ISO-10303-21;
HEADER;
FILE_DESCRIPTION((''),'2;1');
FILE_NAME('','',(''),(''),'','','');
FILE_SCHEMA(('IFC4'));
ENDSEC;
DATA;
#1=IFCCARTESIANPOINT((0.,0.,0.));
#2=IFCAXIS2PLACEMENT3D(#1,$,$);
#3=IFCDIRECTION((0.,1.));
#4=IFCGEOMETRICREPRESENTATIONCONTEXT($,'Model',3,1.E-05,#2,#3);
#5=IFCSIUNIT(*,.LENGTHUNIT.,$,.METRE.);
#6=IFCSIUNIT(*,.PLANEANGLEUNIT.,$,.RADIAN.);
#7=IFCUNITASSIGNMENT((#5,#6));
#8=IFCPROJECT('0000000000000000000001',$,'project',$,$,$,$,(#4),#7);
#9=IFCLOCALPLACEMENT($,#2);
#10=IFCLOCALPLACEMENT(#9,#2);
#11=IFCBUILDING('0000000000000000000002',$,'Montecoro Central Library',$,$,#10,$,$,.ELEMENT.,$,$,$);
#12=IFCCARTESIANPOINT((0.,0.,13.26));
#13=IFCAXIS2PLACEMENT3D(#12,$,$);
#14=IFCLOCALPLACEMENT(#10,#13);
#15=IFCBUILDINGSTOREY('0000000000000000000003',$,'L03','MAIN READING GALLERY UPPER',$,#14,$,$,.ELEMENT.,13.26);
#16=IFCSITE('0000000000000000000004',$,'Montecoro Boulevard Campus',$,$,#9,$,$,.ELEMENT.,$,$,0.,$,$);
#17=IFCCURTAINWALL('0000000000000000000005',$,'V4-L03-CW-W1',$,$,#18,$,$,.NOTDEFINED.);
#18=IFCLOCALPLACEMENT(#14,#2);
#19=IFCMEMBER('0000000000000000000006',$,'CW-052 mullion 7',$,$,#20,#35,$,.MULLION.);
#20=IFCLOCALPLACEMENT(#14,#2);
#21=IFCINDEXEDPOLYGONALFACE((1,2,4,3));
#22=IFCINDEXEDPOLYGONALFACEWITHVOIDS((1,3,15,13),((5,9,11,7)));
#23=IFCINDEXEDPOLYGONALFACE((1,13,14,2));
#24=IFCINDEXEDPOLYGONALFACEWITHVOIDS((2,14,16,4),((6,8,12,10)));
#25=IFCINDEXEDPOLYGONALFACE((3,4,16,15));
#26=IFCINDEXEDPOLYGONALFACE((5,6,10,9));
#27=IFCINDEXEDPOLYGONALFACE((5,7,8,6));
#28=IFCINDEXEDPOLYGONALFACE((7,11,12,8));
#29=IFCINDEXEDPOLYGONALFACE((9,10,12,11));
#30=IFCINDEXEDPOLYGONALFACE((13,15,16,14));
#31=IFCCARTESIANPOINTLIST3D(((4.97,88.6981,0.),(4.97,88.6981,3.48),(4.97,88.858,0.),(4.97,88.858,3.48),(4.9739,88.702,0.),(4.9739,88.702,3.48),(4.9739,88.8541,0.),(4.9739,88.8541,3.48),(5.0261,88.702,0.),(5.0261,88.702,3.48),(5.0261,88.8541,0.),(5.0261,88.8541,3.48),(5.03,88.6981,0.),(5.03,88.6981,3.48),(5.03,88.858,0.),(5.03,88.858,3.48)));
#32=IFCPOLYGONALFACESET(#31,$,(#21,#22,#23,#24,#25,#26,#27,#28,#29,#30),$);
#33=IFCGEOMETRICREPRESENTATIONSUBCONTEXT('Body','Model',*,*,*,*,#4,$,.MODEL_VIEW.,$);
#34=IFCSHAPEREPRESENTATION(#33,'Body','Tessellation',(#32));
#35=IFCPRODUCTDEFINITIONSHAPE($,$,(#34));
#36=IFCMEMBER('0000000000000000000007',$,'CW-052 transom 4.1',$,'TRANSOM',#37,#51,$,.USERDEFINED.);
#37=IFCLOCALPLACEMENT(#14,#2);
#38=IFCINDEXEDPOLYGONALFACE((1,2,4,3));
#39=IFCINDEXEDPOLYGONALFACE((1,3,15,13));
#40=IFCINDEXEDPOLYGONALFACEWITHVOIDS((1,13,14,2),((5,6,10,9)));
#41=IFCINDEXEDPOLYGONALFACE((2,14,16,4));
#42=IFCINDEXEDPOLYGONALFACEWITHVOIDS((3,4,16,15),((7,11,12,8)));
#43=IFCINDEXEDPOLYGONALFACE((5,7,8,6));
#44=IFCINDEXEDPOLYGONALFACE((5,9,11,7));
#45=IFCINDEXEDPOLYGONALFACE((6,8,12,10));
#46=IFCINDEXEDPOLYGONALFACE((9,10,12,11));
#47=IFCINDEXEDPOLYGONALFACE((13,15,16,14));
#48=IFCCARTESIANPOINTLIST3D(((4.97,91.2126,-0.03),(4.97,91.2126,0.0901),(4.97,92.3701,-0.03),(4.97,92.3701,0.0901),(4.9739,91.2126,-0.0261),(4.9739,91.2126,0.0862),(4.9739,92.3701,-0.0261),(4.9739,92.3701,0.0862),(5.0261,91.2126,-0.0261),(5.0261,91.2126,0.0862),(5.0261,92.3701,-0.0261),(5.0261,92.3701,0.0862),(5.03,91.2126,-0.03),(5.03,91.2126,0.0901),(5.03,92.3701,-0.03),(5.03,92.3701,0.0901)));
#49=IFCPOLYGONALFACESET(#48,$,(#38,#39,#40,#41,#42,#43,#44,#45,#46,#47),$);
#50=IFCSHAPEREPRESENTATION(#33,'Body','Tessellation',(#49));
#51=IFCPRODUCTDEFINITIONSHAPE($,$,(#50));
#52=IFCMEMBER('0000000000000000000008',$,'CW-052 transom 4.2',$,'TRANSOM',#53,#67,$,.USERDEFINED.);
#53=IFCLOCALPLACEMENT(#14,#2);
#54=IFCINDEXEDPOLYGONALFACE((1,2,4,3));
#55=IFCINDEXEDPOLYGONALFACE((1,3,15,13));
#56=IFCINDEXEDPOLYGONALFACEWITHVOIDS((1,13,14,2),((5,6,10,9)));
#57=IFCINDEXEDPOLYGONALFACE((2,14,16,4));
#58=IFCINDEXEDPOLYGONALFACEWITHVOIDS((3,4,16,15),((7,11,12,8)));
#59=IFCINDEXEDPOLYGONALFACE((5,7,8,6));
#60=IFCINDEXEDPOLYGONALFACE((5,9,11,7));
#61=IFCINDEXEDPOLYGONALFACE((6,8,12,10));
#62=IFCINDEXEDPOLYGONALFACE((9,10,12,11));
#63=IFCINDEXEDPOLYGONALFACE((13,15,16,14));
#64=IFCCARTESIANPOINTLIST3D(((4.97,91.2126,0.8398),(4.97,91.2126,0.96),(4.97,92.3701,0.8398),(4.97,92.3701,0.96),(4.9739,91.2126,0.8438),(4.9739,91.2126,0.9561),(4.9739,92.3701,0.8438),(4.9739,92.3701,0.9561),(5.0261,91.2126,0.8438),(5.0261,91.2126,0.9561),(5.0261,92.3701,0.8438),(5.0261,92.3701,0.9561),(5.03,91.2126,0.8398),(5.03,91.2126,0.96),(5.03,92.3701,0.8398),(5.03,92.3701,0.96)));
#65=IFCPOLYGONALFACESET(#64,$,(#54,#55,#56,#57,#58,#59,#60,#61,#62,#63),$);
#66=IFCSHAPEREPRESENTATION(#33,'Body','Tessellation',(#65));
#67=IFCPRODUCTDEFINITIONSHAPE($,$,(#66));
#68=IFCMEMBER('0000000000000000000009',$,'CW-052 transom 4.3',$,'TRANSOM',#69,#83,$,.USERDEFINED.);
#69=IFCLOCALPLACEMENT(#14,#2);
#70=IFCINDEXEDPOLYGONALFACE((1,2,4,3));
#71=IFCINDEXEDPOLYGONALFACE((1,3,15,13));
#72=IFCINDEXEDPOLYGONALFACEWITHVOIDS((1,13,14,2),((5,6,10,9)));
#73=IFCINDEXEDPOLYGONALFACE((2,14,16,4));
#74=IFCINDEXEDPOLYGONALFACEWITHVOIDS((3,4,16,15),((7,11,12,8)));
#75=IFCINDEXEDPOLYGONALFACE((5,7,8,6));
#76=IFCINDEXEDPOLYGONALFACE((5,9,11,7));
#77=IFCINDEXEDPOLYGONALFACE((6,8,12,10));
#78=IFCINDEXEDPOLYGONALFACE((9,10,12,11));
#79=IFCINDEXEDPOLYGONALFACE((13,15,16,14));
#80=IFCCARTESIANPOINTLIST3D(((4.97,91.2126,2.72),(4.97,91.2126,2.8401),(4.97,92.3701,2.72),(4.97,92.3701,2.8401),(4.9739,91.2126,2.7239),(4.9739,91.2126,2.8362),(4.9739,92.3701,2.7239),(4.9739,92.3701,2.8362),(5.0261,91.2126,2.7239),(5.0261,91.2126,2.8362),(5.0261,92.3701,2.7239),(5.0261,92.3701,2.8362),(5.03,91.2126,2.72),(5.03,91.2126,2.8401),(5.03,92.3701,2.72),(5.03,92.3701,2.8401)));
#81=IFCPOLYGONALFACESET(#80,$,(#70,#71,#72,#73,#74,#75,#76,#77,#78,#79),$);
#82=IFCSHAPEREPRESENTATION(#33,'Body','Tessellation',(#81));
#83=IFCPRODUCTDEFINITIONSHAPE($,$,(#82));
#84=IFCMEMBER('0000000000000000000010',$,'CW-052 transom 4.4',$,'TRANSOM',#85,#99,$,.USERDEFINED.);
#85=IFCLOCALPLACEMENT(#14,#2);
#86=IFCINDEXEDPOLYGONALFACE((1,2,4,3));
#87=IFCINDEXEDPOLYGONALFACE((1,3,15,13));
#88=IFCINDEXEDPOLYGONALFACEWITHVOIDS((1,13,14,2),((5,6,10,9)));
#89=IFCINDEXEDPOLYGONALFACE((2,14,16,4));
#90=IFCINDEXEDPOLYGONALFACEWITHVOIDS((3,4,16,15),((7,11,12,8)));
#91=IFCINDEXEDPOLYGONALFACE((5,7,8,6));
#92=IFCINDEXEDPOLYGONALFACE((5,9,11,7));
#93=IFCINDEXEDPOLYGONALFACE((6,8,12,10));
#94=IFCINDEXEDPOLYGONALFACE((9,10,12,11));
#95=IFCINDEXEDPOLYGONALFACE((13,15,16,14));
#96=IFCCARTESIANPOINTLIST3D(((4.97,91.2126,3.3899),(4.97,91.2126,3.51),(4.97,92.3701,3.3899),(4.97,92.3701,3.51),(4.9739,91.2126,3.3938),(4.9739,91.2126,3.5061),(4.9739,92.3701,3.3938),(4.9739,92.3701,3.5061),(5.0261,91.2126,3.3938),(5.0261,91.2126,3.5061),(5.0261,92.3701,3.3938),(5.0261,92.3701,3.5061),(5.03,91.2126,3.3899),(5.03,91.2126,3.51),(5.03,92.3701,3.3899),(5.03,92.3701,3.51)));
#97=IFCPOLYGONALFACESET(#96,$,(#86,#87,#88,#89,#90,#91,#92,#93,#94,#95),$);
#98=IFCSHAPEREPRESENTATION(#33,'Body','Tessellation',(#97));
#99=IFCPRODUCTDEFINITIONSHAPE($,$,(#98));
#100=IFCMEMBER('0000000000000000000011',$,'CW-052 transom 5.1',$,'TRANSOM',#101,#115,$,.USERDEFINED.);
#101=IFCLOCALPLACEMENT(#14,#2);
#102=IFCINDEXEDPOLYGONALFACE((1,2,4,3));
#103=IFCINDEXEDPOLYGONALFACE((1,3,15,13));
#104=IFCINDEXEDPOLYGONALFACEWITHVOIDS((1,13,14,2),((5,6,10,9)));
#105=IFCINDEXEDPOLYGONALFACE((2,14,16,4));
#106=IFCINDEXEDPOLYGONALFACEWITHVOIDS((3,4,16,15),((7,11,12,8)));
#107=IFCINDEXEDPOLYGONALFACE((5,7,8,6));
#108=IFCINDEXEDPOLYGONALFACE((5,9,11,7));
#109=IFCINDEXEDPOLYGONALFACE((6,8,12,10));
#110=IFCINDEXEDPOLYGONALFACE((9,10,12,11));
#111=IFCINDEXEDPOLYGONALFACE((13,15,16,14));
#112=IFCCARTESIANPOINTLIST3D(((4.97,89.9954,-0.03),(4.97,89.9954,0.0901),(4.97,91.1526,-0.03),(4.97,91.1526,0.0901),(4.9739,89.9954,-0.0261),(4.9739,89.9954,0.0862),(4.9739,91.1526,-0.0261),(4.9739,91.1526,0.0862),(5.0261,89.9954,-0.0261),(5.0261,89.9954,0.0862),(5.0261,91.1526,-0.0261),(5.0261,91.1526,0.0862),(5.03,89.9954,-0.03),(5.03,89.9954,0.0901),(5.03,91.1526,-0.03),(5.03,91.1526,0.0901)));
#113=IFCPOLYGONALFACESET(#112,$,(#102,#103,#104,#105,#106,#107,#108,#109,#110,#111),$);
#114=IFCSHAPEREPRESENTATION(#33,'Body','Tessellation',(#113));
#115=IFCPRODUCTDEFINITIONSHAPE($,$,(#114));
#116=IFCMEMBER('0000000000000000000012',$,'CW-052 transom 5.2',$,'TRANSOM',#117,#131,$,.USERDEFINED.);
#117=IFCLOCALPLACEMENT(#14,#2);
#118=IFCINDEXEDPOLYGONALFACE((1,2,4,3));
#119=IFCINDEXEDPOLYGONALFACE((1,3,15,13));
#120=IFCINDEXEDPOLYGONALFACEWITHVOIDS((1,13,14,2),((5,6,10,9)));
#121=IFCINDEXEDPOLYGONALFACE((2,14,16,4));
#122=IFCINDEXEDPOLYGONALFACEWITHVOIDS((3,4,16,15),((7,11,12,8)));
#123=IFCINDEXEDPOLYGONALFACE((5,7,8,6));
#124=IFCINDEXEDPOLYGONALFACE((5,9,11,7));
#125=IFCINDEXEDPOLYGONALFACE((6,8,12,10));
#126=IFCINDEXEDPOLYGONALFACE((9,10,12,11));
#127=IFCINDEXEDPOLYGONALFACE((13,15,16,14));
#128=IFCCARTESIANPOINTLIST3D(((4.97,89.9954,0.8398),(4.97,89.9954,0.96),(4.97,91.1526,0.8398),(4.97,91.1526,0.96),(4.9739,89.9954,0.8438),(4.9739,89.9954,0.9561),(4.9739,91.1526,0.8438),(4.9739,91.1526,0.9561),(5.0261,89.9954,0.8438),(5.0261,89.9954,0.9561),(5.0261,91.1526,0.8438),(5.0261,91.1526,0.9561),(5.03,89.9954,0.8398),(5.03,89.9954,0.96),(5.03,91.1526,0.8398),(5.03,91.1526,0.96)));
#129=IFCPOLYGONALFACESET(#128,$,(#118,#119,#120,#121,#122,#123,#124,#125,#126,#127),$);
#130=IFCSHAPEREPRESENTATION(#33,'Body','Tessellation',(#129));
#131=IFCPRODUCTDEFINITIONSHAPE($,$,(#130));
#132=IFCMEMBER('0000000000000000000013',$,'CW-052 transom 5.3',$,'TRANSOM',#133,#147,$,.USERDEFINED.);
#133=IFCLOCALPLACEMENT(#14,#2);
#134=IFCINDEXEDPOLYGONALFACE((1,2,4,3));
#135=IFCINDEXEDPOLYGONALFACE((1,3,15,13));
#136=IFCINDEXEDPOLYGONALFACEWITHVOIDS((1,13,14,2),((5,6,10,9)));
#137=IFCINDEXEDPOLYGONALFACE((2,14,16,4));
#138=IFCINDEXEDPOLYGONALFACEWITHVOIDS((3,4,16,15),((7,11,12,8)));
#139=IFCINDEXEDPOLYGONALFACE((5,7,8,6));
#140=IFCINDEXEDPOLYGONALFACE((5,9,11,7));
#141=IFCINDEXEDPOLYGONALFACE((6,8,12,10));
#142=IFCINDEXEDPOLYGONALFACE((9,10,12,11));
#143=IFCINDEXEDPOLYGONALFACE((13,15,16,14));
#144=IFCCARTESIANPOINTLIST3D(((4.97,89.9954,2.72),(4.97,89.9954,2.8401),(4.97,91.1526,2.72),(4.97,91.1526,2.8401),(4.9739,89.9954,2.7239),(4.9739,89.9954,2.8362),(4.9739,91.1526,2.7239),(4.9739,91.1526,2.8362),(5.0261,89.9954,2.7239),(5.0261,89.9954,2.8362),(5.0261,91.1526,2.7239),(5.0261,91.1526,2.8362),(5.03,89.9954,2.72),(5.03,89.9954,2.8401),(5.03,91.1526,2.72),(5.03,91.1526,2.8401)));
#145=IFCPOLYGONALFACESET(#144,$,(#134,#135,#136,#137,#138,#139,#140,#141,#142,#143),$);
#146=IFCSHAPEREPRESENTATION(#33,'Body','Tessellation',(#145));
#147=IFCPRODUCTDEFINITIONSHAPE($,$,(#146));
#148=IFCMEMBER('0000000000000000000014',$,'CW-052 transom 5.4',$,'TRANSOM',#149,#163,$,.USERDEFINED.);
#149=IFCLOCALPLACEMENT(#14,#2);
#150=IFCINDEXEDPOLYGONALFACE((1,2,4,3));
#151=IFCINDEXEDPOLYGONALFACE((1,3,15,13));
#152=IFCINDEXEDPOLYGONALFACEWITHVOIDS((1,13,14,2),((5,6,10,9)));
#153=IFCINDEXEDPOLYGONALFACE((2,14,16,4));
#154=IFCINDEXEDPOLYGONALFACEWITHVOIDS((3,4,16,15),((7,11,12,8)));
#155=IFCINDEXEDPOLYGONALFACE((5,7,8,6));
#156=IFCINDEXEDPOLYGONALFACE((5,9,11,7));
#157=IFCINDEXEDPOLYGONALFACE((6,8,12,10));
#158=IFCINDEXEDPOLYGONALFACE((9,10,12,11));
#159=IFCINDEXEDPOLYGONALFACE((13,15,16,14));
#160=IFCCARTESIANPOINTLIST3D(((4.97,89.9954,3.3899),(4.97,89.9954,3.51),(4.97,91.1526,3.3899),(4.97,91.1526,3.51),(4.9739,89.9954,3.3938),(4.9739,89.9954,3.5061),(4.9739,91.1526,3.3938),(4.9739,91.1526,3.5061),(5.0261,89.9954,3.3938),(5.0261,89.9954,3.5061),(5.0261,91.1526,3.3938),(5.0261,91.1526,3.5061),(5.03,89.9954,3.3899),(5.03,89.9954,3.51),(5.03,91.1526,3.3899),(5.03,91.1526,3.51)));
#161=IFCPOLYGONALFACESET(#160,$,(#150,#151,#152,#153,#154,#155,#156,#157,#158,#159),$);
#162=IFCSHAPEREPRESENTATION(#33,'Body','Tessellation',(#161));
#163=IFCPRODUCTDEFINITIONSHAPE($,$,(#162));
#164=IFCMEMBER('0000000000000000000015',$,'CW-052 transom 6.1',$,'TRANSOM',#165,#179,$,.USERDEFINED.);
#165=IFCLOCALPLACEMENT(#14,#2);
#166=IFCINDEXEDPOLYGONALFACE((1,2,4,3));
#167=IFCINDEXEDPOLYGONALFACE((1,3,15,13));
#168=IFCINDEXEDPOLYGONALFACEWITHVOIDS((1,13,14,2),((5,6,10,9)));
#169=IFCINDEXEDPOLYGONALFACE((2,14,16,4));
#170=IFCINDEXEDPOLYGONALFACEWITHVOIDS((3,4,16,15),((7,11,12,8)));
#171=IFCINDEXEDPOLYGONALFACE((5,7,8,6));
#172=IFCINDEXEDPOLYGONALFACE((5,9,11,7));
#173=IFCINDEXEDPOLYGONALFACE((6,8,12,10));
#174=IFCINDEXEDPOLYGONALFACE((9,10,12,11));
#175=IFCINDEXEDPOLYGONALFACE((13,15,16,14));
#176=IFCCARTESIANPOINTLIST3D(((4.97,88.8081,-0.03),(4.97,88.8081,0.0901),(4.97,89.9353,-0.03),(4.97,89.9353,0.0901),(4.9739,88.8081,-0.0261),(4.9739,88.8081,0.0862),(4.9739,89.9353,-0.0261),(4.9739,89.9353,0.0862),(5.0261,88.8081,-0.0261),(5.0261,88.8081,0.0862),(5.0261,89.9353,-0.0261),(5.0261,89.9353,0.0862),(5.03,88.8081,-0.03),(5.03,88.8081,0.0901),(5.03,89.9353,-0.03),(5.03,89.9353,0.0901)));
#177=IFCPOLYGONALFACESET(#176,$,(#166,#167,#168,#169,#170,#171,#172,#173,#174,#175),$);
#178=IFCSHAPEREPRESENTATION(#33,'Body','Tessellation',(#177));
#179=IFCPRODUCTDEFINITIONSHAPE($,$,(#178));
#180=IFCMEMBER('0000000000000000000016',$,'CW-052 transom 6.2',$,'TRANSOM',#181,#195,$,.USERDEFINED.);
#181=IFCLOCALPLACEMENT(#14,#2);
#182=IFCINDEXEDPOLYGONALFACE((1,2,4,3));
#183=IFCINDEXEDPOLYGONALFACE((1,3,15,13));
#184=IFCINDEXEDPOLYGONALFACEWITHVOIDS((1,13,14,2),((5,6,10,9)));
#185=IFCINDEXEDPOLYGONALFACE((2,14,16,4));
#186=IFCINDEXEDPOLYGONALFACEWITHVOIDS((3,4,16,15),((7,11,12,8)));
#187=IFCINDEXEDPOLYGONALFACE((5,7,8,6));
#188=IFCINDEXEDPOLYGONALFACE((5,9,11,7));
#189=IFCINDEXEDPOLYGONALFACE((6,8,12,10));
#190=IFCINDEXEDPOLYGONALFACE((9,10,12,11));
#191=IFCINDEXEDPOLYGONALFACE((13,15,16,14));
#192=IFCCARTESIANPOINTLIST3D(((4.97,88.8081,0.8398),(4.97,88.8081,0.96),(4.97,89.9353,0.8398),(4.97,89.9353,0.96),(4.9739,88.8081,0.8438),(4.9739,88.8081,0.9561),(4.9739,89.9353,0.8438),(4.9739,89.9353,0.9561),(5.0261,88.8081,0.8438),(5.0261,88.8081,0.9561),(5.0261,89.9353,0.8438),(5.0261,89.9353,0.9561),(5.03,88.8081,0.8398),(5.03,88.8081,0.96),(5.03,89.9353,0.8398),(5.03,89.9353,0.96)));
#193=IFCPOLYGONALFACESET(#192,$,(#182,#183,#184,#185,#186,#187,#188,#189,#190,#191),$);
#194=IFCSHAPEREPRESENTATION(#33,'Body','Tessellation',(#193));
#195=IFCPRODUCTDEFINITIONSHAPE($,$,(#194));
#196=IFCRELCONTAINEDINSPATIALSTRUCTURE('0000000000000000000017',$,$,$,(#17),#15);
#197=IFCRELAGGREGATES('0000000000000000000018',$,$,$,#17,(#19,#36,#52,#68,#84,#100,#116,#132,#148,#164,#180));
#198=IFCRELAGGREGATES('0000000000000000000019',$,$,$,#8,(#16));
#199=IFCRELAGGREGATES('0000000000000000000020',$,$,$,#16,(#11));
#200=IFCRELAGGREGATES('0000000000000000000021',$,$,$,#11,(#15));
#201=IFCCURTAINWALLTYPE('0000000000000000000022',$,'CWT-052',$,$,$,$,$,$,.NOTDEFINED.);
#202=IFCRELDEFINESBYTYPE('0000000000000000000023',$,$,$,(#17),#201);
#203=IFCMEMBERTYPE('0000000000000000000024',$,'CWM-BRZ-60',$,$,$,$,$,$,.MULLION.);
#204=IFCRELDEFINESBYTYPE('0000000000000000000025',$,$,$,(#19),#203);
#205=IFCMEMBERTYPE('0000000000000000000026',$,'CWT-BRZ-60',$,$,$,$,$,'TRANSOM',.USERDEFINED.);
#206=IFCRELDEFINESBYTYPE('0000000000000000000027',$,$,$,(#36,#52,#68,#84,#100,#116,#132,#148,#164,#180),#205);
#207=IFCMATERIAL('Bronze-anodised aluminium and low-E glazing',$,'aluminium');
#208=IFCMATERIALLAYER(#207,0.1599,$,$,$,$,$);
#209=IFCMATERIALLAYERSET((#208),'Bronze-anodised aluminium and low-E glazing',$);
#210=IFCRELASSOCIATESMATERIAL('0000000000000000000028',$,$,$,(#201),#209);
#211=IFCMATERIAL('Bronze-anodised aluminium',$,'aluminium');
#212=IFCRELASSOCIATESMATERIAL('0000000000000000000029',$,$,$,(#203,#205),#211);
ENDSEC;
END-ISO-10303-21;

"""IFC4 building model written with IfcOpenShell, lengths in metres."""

from ifc_helpers import new_model, si_unit, direction, frame, origin, origin_2d, place, context, subcontext, project, spatial, hollow_rectangle, extrude, material, layer, layer_set, material_profile, profile_set, type_object, element, aggregate, save


model = new_model("IFC4")

# Units and contexts
model_context = context("Model", 3, precision=1e-05, world=origin(), true_north=direction((0.0, 1.0)))
body_context = subcontext(model_context, "Body", "Model", "MODEL_VIEW")
ifc_project = project(units=[si_unit("LENGTHUNIT", "METRE"), si_unit("PLANEANGLEUNIT", "RADIAN")], contexts=[model_context])

# Site, building, storey
site_placement = place(None, origin())
site = spatial("IfcSite", under=ifc_project, at=site_placement, Name="Montecoro Boulevard Campus", CompositionType="ELEMENT", RefElevation=0.0)
building_placement = place(site_placement, origin())
building = spatial("IfcBuilding", under=site, at=building_placement, Name="Montecoro Central Library", CompositionType="ELEMENT")
storey_placement = place(building_placement, frame((0.0, 0.0, 13.26)))
storey = spatial("IfcBuildingStorey", under=building, at=storey_placement, Name="L03", Description="MAIN READING GALLERY UPPER", CompositionType="ELEMENT", Elevation=13.26)

# Curtain wall, members
ifc_material_1 = material(Name="Bronze-anodised aluminium and low-E glazing", Category="aluminium")
ifc_layer_1 = layer(ifc_material_1, 0.1599)
ifc_layer_set_1 = layer_set([ifc_layer_1], Name="Bronze-anodised aluminium and low-E glazing")
curtain_wall_type = type_object("IfcCurtainWallType", Name="CWT-052", PredefinedType="NOTDEFINED", material=ifc_layer_set_1)
curtain_wall_placement = place(storey_placement, origin())
curtain_wall = element("IfcCurtainWall", 1, at=curtain_wall_placement, inside=storey, type_object=curtain_wall_type, Name="V4-L03-CW-W1", PredefinedType="NOTDEFINED")
ifc_material_2 = material(Name="Bronze-anodised aluminium", Category="aluminium")
ifc_material_profile_1 = material_profile(ifc_material_2, hollow_rectangle(XDim=0.0601, YDim=0.1599, WallThickness=0.0039, at=origin_2d()), Name="CWM 160x60x4.0")
ifc_profile_set_1 = profile_set([ifc_material_profile_1], Name="Bronze-anodised aluminium")
member_type_1 = type_object("IfcMemberType", Name="CWM-BRZ-60", PredefinedType="MULLION", material=ifc_profile_set_1)
member_1_placement = place(storey_placement, frame((5.0, 88.7781, 0.0), z_axis=(0.0, 0.0, 1.0), x_axis=(1.0, 0.0, 0.0)))
member_1 = element("IfcMember", 2, at=member_1_placement, type_object=member_type_1, Name="CW-052 mullion 7", PredefinedType="MULLION", context=body_context, shape_type="SweptSolid", body=[
    extrude(hollow_rectangle(XDim=0.0601, YDim=0.1599, WallThickness=0.0039, at=origin_2d()), origin(), (0.0, 0.0, 1.0), 3.48),
])
ifc_material_profile_2 = material_profile(ifc_material_2, hollow_rectangle(XDim=0.0601, YDim=0.1201, WallThickness=0.0039, at=origin_2d()), Name="CWT 120x60x4.0")
ifc_profile_set_2 = profile_set([ifc_material_profile_2], Name="Bronze-anodised aluminium")
member_type_2 = type_object("IfcMemberType", Name="CWT-BRZ-60", ElementType="TRANSOM", PredefinedType="USERDEFINED", material=ifc_profile_set_2)
member_2_placement = place(storey_placement, frame((5.0, 92.3701, 0.03), z_axis=(0.0, -1.0, 0.0), x_axis=(1.0, 0.0, 0.0)))
member_2 = element("IfcMember", 3, at=member_2_placement, type_object=member_type_2, Name="CW-052 transom 4.1", ObjectType="TRANSOM", PredefinedType="USERDEFINED", context=body_context, shape_type="SweptSolid", body=[
    extrude(hollow_rectangle(XDim=0.0601, YDim=0.1201, WallThickness=0.0039, at=origin_2d()), origin(), (0.0, 0.0, 1.0), 1.1575),
])
member_3_placement = place(storey_placement, frame((5.0, 92.3701, 0.8999), z_axis=(0.0, -1.0, 0.0), x_axis=(1.0, 0.0, 0.0)))
member_3 = element("IfcMember", 4, at=member_3_placement, type_object=member_type_2, Name="CW-052 transom 4.2", ObjectType="TRANSOM", PredefinedType="USERDEFINED", context=body_context, shape_type="SweptSolid", body=[
    extrude(hollow_rectangle(XDim=0.0601, YDim=0.1201, WallThickness=0.0039, at=origin_2d()), origin(), (0.0, 0.0, 1.0), 1.1575),
])
member_4_placement = place(storey_placement, frame((5.0, 92.3701, 2.78), z_axis=(0.0, -1.0, 0.0), x_axis=(1.0, 0.0, 0.0)))
member_4 = element("IfcMember", 5, at=member_4_placement, type_object=member_type_2, Name="CW-052 transom 4.3", ObjectType="TRANSOM", PredefinedType="USERDEFINED", context=body_context, shape_type="SweptSolid", body=[
    extrude(hollow_rectangle(XDim=0.0601, YDim=0.1201, WallThickness=0.0039, at=origin_2d()), origin(), (0.0, 0.0, 1.0), 1.1575),
])
member_5_placement = place(storey_placement, frame((5.0, 92.3701, 3.45), z_axis=(0.0, -1.0, 0.0), x_axis=(1.0, 0.0, 0.0)))
member_5 = element("IfcMember", 6, at=member_5_placement, type_object=member_type_2, Name="CW-052 transom 4.4", ObjectType="TRANSOM", PredefinedType="USERDEFINED", context=body_context, shape_type="SweptSolid", body=[
    extrude(hollow_rectangle(XDim=0.0601, YDim=0.1201, WallThickness=0.0039, at=origin_2d()), origin(), (0.0, 0.0, 1.0), 1.1575),
])
member_6_placement = place(storey_placement, frame((5.0, 91.1526, 0.03), z_axis=(0.0, -1.0, 0.0), x_axis=(1.0, 0.0, 0.0)))
member_6 = element("IfcMember", 7, at=member_6_placement, type_object=member_type_2, Name="CW-052 transom 5.1", ObjectType="TRANSOM", PredefinedType="USERDEFINED", context=body_context, shape_type="SweptSolid", body=[
    extrude(hollow_rectangle(XDim=0.0601, YDim=0.1201, WallThickness=0.0039, at=origin_2d()), origin(), (0.0, 0.0, 1.0), 1.1572),
])
member_7_placement = place(storey_placement, frame((5.0, 91.1526, 0.8999), z_axis=(0.0, -1.0, 0.0), x_axis=(1.0, 0.0, 0.0)))
member_7 = element("IfcMember", 8, at=member_7_placement, type_object=member_type_2, Name="CW-052 transom 5.2", ObjectType="TRANSOM", PredefinedType="USERDEFINED", context=body_context, shape_type="SweptSolid", body=[
    extrude(hollow_rectangle(XDim=0.0601, YDim=0.1201, WallThickness=0.0039, at=origin_2d()), origin(), (0.0, 0.0, 1.0), 1.1572),
])
member_8_placement = place(storey_placement, frame((5.0, 91.1526, 2.78), z_axis=(0.0, -1.0, 0.0), x_axis=(1.0, 0.0, 0.0)))
member_8 = element("IfcMember", 9, at=member_8_placement, type_object=member_type_2, Name="CW-052 transom 5.3", ObjectType="TRANSOM", PredefinedType="USERDEFINED", context=body_context, shape_type="SweptSolid", body=[
    extrude(hollow_rectangle(XDim=0.0601, YDim=0.1201, WallThickness=0.0039, at=origin_2d()), origin(), (0.0, 0.0, 1.0), 1.1572),
])
member_9_placement = place(storey_placement, frame((5.0, 91.1526, 3.45), z_axis=(0.0, -1.0, 0.0), x_axis=(1.0, 0.0, 0.0)))
member_9 = element("IfcMember", 10, at=member_9_placement, type_object=member_type_2, Name="CW-052 transom 5.4", ObjectType="TRANSOM", PredefinedType="USERDEFINED", context=body_context, shape_type="SweptSolid", body=[
    extrude(hollow_rectangle(XDim=0.0601, YDim=0.1201, WallThickness=0.0039, at=origin_2d()), origin(), (0.0, 0.0, 1.0), 1.1572),
])
member_10_placement = place(storey_placement, frame((5.0, 89.9353, 0.03), z_axis=(0.0, -1.0, 0.0), x_axis=(1.0, 0.0, 0.0)))
member_10 = element("IfcMember", 11, at=member_10_placement, type_object=member_type_2, Name="CW-052 transom 6.1", ObjectType="TRANSOM", PredefinedType="USERDEFINED", context=body_context, shape_type="SweptSolid", body=[
    extrude(hollow_rectangle(XDim=0.0601, YDim=0.1201, WallThickness=0.0039, at=origin_2d()), origin(), (0.0, 0.0, 1.0), 1.1272),
])
member_11_placement = place(storey_placement, frame((5.0, 89.9353, 0.8999), z_axis=(0.0, -1.0, 0.0), x_axis=(1.0, 0.0, 0.0)))
member_11 = element("IfcMember", 12, at=member_11_placement, type_object=member_type_2, Name="CW-052 transom 6.2", ObjectType="TRANSOM", PredefinedType="USERDEFINED", context=body_context, shape_type="SweptSolid", body=[
    extrude(hollow_rectangle(XDim=0.0601, YDim=0.1201, WallThickness=0.0039, at=origin_2d()), origin(), (0.0, 0.0, 1.0), 1.1272),
])
aggregate(curtain_wall, [member_1, member_2, member_3, member_4, member_5, member_6, member_7, member_8, member_9, member_10, member_11])

save(model, "model.ifc")
